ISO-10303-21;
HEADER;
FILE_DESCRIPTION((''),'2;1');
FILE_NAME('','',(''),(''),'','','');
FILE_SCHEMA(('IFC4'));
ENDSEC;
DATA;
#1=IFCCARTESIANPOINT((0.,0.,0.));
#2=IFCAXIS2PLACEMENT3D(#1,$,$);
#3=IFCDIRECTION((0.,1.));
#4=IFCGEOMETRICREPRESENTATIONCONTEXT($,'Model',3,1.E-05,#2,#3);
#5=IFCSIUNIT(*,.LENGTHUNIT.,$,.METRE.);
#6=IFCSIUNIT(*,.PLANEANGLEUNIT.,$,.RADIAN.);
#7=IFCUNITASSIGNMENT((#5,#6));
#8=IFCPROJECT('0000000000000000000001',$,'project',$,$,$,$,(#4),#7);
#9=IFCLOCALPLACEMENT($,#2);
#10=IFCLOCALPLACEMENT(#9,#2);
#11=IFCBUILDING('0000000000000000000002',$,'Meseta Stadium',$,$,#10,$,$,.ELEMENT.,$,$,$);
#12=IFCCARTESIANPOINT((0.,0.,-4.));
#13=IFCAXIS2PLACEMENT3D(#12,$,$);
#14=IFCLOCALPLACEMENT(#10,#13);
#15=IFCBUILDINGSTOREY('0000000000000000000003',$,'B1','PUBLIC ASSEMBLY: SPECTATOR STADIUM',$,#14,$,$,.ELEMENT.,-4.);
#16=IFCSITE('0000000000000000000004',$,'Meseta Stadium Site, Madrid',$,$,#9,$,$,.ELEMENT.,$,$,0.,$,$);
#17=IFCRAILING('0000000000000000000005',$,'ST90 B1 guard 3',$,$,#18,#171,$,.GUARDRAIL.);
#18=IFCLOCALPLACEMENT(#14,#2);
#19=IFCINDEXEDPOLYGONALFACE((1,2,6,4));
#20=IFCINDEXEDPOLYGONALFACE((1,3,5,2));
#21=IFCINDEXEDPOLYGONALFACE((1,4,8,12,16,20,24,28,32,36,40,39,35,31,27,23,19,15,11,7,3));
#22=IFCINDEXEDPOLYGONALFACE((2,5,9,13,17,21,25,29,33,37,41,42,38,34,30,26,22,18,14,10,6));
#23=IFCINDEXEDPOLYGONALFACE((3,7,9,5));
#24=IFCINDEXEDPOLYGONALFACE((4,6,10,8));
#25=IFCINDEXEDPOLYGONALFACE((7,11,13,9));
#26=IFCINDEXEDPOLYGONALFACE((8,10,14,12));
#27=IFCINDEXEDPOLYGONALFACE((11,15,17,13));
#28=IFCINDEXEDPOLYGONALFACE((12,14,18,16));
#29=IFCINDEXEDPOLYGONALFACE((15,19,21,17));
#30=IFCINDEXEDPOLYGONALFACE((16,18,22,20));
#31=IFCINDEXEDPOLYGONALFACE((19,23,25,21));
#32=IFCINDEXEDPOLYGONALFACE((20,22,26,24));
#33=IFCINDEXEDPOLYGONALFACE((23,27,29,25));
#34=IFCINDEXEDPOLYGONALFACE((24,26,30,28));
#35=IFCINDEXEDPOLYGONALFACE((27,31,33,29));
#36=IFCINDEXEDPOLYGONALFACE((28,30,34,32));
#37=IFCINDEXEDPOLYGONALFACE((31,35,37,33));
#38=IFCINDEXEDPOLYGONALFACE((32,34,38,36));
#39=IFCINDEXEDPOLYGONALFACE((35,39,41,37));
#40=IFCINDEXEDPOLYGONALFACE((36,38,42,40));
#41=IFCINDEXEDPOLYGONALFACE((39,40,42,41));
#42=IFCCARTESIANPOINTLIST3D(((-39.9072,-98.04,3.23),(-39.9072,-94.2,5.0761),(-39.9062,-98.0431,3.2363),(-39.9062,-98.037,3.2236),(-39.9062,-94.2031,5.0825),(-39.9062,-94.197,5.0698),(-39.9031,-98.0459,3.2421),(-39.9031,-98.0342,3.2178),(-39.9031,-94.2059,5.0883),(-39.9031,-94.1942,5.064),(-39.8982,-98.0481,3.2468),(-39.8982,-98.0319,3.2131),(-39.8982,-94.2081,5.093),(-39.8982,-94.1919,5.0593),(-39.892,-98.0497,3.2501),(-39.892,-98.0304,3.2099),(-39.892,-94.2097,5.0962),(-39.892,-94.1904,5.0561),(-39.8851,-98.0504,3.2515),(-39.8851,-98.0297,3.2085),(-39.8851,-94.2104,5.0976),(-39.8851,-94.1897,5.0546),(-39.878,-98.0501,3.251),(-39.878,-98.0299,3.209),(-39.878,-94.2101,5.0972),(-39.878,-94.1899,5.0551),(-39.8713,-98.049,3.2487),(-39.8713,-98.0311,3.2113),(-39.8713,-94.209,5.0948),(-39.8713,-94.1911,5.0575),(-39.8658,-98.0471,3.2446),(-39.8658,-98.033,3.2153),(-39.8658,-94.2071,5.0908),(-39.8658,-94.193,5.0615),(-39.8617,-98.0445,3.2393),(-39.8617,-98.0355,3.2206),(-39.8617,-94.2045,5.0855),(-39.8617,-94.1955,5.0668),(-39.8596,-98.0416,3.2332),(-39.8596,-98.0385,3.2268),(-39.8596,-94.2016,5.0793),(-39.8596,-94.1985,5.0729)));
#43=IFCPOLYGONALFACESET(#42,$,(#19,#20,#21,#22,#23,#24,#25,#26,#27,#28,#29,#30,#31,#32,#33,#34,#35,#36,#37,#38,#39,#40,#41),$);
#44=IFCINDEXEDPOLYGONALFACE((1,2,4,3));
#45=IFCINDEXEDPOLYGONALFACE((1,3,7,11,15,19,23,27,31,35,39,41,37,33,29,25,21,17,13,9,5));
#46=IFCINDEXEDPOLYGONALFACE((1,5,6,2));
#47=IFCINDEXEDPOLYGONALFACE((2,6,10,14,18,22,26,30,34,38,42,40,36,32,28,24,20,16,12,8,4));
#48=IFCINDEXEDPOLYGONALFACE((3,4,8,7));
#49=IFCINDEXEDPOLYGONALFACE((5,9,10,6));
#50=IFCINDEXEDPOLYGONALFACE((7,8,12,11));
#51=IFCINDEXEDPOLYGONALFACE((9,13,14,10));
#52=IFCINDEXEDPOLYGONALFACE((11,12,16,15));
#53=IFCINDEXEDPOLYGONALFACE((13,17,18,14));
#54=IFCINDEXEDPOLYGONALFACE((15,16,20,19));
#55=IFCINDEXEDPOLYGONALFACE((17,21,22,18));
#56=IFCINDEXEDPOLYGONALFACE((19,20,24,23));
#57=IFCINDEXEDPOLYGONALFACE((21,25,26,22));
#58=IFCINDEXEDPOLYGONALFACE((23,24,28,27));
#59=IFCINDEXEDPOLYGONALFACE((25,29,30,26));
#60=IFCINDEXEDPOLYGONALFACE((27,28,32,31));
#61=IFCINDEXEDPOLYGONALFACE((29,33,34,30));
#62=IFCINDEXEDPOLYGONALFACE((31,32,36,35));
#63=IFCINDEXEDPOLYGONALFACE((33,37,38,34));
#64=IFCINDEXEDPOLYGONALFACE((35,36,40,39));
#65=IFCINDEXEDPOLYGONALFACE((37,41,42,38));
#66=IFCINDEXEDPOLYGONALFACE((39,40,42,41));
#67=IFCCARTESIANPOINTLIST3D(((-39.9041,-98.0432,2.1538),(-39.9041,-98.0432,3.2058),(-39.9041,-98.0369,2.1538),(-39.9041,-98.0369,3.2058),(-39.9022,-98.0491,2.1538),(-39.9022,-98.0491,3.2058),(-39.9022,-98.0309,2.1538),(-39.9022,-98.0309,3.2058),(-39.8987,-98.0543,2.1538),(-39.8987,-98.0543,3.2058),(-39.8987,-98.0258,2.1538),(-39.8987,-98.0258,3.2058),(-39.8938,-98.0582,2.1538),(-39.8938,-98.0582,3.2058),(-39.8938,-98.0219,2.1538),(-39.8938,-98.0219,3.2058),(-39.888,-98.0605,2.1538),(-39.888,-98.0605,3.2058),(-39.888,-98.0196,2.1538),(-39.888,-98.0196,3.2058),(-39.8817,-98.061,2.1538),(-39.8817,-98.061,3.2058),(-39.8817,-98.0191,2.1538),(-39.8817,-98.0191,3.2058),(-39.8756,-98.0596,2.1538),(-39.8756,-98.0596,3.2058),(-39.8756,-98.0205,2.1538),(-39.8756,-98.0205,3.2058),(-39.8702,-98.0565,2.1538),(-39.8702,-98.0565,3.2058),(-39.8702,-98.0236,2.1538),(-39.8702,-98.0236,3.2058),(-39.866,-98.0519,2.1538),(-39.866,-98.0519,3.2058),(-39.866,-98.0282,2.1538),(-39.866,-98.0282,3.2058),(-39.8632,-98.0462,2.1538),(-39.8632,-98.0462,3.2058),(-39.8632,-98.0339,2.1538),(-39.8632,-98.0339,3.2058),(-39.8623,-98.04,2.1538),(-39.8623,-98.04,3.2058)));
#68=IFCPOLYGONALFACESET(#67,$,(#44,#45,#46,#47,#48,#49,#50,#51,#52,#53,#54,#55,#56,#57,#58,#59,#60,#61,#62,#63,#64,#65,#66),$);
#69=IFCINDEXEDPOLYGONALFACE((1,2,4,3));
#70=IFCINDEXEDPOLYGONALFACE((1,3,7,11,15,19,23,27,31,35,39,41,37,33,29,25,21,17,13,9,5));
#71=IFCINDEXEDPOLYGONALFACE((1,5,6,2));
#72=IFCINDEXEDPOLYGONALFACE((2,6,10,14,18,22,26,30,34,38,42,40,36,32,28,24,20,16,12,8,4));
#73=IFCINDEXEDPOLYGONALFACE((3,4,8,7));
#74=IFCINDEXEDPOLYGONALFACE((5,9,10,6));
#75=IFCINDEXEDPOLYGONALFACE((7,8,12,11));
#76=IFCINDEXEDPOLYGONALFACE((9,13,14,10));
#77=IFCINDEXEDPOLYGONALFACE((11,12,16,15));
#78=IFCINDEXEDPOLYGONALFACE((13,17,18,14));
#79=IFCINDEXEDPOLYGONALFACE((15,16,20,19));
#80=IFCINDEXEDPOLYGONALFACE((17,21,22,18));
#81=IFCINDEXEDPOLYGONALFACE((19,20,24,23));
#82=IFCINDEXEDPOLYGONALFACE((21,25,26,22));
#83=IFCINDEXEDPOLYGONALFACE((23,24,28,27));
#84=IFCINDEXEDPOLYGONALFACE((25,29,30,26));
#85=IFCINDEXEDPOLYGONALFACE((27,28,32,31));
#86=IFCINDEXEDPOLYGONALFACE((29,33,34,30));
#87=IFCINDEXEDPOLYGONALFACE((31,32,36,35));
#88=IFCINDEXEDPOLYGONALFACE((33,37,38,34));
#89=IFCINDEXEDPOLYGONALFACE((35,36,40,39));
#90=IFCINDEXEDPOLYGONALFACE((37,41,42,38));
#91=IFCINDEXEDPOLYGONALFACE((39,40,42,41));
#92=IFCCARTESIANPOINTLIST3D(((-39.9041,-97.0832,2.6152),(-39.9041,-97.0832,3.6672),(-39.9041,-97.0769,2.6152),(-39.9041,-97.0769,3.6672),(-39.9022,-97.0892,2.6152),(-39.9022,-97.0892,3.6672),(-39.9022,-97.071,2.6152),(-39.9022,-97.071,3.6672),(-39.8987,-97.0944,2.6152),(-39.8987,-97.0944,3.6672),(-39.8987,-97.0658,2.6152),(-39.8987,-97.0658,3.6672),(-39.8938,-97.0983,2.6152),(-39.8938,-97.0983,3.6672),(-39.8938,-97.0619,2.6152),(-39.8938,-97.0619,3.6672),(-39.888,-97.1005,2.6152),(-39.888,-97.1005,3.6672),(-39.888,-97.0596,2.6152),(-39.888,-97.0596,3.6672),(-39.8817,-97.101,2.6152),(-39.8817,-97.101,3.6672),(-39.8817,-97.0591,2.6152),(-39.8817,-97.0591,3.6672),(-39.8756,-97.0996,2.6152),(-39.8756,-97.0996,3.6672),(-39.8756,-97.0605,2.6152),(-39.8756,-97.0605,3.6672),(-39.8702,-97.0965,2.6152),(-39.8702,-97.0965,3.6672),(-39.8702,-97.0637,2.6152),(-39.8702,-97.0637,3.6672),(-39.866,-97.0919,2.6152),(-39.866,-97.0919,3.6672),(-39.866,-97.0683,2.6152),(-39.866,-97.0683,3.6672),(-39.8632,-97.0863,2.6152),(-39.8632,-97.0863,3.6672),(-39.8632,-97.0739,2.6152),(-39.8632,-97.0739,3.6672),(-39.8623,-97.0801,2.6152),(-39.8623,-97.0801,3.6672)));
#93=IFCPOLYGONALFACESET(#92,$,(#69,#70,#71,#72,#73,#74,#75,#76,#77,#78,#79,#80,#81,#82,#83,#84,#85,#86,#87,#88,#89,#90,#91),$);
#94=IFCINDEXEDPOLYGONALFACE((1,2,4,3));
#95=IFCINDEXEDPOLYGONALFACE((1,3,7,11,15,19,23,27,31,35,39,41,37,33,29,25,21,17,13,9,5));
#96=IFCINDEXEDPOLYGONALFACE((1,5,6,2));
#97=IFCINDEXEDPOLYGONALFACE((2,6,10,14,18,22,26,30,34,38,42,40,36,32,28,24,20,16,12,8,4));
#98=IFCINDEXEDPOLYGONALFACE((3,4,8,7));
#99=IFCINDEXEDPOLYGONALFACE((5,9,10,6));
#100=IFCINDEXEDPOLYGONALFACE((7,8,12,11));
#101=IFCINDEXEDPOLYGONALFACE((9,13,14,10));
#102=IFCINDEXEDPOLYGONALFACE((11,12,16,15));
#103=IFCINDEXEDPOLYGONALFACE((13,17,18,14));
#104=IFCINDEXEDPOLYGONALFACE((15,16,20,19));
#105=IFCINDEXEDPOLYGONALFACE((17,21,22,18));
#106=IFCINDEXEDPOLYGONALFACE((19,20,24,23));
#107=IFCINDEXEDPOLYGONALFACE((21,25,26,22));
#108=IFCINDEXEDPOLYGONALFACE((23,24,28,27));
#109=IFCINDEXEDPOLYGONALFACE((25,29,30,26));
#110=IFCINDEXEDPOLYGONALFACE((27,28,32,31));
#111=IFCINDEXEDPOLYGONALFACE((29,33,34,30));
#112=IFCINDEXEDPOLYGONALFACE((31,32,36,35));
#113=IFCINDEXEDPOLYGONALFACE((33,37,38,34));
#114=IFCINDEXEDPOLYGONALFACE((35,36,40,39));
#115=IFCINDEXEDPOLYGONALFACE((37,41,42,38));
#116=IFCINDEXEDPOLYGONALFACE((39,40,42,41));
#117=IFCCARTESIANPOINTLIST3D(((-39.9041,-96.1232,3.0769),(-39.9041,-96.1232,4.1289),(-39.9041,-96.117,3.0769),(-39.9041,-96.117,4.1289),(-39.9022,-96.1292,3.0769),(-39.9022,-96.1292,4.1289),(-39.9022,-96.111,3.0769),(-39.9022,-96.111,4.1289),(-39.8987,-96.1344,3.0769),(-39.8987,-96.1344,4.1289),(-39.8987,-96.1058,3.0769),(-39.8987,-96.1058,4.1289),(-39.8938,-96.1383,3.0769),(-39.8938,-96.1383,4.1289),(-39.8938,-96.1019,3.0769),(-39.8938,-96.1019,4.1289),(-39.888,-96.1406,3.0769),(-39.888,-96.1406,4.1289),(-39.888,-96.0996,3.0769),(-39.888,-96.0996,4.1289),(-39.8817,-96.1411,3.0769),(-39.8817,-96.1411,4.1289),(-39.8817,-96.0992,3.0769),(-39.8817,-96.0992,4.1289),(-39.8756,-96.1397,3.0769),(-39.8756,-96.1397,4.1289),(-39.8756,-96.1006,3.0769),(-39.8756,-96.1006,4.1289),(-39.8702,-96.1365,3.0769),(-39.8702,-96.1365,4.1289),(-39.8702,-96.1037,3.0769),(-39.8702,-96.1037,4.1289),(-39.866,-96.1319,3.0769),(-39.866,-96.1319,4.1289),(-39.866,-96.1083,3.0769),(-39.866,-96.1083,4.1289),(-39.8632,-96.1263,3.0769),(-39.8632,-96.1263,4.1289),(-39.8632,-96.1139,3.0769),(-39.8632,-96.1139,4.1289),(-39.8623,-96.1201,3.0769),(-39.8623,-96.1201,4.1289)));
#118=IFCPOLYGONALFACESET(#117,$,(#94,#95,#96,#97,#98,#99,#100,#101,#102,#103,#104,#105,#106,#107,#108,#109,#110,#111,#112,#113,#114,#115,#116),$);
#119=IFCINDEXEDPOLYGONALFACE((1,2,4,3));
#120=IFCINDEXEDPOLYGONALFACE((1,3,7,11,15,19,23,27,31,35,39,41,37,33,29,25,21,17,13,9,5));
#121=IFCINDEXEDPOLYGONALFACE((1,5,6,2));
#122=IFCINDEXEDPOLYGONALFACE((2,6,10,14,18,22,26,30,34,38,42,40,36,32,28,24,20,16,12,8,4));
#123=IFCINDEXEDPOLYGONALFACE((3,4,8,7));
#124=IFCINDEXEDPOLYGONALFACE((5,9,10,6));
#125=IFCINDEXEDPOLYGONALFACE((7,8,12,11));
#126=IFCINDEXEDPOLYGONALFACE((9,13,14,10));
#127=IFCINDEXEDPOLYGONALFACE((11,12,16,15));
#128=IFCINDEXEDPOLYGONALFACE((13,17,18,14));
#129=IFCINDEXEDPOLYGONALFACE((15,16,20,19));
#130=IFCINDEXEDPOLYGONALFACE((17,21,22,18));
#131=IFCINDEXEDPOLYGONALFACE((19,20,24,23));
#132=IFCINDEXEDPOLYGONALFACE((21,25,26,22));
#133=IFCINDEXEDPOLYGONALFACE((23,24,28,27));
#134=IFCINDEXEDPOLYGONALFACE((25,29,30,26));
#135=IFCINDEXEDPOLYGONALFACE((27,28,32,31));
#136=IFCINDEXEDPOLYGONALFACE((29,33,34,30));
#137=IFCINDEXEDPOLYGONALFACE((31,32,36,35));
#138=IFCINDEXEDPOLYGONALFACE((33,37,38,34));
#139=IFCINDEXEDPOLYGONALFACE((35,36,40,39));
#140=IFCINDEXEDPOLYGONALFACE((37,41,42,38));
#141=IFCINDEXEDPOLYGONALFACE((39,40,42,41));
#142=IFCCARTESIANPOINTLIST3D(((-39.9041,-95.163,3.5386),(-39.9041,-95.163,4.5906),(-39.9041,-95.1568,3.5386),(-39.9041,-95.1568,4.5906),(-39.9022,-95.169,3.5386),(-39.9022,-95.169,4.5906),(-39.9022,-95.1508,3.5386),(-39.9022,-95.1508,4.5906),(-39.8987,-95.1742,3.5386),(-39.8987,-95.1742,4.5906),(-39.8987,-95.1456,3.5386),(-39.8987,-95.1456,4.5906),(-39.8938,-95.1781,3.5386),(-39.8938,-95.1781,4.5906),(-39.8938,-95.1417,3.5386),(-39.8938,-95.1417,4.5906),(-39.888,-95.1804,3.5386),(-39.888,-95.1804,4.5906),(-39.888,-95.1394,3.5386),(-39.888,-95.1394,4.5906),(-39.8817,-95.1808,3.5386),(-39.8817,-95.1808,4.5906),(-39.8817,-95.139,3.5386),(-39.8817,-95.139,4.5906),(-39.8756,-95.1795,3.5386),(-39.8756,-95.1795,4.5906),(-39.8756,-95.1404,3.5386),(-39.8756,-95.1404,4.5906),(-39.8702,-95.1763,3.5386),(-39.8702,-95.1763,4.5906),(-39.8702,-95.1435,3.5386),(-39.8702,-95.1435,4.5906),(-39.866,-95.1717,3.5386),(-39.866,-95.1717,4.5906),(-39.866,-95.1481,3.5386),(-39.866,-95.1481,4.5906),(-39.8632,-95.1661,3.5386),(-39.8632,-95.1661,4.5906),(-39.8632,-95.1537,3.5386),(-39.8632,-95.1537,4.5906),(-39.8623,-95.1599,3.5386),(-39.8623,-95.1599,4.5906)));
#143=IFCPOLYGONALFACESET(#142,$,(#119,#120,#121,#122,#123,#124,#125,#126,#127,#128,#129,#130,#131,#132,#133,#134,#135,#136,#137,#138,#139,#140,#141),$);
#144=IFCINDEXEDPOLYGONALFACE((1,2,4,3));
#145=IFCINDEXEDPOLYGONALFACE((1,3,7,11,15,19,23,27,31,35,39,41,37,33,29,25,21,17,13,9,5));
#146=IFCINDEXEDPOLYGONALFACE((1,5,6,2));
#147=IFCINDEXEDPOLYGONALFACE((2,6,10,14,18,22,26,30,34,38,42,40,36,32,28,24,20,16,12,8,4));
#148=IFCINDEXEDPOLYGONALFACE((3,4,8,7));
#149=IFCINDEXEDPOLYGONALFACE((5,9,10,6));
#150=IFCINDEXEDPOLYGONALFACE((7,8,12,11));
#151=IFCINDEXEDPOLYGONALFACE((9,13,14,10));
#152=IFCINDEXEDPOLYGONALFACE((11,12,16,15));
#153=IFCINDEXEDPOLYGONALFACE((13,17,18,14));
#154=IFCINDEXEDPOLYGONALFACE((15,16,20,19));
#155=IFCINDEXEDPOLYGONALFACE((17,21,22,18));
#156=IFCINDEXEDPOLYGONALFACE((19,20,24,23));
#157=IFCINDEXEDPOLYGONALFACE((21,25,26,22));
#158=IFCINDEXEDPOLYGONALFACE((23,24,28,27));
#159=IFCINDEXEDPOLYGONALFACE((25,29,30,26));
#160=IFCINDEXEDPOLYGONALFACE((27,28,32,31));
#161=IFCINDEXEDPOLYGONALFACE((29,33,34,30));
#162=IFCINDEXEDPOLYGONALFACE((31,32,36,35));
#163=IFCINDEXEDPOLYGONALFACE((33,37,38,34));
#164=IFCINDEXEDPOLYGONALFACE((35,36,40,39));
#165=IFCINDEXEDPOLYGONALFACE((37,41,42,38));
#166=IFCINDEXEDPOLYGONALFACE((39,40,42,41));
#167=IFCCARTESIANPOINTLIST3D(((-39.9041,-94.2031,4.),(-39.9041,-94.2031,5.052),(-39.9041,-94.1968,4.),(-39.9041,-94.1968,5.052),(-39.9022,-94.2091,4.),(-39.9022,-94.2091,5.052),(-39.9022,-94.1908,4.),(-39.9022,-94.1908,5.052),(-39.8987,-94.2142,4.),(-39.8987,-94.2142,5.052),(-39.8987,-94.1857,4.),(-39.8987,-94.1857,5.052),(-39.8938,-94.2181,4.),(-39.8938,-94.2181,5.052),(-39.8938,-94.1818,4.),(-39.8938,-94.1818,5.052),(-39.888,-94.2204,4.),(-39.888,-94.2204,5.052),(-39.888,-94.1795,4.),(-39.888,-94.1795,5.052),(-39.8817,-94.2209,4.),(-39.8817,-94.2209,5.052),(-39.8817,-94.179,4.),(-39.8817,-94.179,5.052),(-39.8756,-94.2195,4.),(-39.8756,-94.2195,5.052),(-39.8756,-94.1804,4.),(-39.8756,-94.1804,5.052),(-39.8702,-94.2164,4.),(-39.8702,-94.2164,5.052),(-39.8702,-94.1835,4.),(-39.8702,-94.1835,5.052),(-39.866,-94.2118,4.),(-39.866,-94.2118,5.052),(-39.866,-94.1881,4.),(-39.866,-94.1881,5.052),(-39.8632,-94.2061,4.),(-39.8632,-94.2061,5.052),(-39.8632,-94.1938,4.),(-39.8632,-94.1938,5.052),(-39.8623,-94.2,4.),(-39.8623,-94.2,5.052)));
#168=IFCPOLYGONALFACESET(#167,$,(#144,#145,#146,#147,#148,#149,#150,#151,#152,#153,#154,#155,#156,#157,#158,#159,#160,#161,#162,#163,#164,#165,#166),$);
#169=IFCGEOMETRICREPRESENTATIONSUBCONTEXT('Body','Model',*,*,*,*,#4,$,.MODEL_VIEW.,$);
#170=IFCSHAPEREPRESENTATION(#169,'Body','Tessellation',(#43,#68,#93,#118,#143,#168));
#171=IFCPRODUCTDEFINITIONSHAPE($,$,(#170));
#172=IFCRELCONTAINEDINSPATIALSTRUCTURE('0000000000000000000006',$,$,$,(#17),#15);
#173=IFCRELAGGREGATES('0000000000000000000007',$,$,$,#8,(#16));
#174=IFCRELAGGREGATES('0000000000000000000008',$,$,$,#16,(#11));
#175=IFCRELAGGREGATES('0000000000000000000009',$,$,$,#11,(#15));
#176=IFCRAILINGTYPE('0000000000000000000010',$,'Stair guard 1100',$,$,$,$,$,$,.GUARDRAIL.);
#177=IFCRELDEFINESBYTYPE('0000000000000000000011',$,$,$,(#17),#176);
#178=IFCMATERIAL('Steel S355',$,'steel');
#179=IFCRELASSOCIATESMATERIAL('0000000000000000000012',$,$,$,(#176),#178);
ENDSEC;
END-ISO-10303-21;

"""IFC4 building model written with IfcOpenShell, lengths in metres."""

from ifc_helpers import new_model, si_unit, direction, frame, origin, origin_2d, place, context, subcontext, project, spatial, circle, extrude, material, type_object, element, save


model = new_model("IFC4")

# Units and contexts
model_context = context("Model", 3, precision=1e-05, world=origin(), true_north=direction((0.0, 1.0)))
body_context = subcontext(model_context, "Body", "Model", "MODEL_VIEW")
ifc_project = project(units=[si_unit("LENGTHUNIT", "METRE"), si_unit("PLANEANGLEUNIT", "RADIAN")], contexts=[model_context])

# Site, building, storey
site_placement = place(None, origin())
site = spatial("IfcSite", under=ifc_project, at=site_placement, Name="Meseta Stadium Site, Madrid", CompositionType="ELEMENT", RefElevation=0.0)
building_placement = place(site_placement, origin())
building = spatial("IfcBuilding", under=site, at=building_placement, Name="Meseta Stadium", CompositionType="ELEMENT")
storey_placement = place(building_placement, frame((0.0, 0.0, -4.0)))
storey = spatial("IfcBuildingStorey", under=building, at=storey_placement, Name="B1", Description="PUBLIC ASSEMBLY: SPECTATOR STADIUM", CompositionType="ELEMENT", Elevation=-4.0)

# Railing
ifc_material_1 = material(Name="Steel S355", Category="steel")
railing_type_1 = type_object("IfcRailingType", Name="Stair guard 1100", PredefinedType="GUARDRAIL", material=ifc_material_1)
railing_1_placement = place(storey_placement, frame((-39.8833, -98.04, 2.1538)))
element("IfcRailing", 1, at=railing_1_placement, inside=storey, type_object=railing_type_1, Name="ST90 B1 guard 3", PredefinedType="GUARDRAIL", context=body_context, shape_type="SweptSolid", body=[
    extrude(circle(Radius=0.0239, at=origin_2d()), frame((0.0, 0.0, 1.0762), z_axis=(0.0, 0.901253, 0.433294), x_axis=(-1.0, 0.0, 0.0)), (0.0, 0.0, 1.0), 4.2607),
    extrude(circle(Radius=0.021, at=origin_2d()), origin(), (0.0, 0.0, 1.0), 1.052),
    extrude(circle(Radius=0.021, at=origin_2d()), frame((0.0, 0.96, 0.4614)), (0.0, 0.0, 1.0), 1.052),
    extrude(circle(Radius=0.021, at=origin_2d()), frame((0.0, 1.9199, 0.9231)), (0.0, 0.0, 1.0), 1.052),
    extrude(circle(Radius=0.021, at=origin_2d()), frame((0.0, 2.8801, 1.3848)), (0.0, 0.0, 1.0), 1.052),
    extrude(circle(Radius=0.021, at=origin_2d()), frame((0.0, 3.8401, 1.8462)), (0.0, 0.0, 1.0), 1.052),
])

save(model, "model.ifc")
